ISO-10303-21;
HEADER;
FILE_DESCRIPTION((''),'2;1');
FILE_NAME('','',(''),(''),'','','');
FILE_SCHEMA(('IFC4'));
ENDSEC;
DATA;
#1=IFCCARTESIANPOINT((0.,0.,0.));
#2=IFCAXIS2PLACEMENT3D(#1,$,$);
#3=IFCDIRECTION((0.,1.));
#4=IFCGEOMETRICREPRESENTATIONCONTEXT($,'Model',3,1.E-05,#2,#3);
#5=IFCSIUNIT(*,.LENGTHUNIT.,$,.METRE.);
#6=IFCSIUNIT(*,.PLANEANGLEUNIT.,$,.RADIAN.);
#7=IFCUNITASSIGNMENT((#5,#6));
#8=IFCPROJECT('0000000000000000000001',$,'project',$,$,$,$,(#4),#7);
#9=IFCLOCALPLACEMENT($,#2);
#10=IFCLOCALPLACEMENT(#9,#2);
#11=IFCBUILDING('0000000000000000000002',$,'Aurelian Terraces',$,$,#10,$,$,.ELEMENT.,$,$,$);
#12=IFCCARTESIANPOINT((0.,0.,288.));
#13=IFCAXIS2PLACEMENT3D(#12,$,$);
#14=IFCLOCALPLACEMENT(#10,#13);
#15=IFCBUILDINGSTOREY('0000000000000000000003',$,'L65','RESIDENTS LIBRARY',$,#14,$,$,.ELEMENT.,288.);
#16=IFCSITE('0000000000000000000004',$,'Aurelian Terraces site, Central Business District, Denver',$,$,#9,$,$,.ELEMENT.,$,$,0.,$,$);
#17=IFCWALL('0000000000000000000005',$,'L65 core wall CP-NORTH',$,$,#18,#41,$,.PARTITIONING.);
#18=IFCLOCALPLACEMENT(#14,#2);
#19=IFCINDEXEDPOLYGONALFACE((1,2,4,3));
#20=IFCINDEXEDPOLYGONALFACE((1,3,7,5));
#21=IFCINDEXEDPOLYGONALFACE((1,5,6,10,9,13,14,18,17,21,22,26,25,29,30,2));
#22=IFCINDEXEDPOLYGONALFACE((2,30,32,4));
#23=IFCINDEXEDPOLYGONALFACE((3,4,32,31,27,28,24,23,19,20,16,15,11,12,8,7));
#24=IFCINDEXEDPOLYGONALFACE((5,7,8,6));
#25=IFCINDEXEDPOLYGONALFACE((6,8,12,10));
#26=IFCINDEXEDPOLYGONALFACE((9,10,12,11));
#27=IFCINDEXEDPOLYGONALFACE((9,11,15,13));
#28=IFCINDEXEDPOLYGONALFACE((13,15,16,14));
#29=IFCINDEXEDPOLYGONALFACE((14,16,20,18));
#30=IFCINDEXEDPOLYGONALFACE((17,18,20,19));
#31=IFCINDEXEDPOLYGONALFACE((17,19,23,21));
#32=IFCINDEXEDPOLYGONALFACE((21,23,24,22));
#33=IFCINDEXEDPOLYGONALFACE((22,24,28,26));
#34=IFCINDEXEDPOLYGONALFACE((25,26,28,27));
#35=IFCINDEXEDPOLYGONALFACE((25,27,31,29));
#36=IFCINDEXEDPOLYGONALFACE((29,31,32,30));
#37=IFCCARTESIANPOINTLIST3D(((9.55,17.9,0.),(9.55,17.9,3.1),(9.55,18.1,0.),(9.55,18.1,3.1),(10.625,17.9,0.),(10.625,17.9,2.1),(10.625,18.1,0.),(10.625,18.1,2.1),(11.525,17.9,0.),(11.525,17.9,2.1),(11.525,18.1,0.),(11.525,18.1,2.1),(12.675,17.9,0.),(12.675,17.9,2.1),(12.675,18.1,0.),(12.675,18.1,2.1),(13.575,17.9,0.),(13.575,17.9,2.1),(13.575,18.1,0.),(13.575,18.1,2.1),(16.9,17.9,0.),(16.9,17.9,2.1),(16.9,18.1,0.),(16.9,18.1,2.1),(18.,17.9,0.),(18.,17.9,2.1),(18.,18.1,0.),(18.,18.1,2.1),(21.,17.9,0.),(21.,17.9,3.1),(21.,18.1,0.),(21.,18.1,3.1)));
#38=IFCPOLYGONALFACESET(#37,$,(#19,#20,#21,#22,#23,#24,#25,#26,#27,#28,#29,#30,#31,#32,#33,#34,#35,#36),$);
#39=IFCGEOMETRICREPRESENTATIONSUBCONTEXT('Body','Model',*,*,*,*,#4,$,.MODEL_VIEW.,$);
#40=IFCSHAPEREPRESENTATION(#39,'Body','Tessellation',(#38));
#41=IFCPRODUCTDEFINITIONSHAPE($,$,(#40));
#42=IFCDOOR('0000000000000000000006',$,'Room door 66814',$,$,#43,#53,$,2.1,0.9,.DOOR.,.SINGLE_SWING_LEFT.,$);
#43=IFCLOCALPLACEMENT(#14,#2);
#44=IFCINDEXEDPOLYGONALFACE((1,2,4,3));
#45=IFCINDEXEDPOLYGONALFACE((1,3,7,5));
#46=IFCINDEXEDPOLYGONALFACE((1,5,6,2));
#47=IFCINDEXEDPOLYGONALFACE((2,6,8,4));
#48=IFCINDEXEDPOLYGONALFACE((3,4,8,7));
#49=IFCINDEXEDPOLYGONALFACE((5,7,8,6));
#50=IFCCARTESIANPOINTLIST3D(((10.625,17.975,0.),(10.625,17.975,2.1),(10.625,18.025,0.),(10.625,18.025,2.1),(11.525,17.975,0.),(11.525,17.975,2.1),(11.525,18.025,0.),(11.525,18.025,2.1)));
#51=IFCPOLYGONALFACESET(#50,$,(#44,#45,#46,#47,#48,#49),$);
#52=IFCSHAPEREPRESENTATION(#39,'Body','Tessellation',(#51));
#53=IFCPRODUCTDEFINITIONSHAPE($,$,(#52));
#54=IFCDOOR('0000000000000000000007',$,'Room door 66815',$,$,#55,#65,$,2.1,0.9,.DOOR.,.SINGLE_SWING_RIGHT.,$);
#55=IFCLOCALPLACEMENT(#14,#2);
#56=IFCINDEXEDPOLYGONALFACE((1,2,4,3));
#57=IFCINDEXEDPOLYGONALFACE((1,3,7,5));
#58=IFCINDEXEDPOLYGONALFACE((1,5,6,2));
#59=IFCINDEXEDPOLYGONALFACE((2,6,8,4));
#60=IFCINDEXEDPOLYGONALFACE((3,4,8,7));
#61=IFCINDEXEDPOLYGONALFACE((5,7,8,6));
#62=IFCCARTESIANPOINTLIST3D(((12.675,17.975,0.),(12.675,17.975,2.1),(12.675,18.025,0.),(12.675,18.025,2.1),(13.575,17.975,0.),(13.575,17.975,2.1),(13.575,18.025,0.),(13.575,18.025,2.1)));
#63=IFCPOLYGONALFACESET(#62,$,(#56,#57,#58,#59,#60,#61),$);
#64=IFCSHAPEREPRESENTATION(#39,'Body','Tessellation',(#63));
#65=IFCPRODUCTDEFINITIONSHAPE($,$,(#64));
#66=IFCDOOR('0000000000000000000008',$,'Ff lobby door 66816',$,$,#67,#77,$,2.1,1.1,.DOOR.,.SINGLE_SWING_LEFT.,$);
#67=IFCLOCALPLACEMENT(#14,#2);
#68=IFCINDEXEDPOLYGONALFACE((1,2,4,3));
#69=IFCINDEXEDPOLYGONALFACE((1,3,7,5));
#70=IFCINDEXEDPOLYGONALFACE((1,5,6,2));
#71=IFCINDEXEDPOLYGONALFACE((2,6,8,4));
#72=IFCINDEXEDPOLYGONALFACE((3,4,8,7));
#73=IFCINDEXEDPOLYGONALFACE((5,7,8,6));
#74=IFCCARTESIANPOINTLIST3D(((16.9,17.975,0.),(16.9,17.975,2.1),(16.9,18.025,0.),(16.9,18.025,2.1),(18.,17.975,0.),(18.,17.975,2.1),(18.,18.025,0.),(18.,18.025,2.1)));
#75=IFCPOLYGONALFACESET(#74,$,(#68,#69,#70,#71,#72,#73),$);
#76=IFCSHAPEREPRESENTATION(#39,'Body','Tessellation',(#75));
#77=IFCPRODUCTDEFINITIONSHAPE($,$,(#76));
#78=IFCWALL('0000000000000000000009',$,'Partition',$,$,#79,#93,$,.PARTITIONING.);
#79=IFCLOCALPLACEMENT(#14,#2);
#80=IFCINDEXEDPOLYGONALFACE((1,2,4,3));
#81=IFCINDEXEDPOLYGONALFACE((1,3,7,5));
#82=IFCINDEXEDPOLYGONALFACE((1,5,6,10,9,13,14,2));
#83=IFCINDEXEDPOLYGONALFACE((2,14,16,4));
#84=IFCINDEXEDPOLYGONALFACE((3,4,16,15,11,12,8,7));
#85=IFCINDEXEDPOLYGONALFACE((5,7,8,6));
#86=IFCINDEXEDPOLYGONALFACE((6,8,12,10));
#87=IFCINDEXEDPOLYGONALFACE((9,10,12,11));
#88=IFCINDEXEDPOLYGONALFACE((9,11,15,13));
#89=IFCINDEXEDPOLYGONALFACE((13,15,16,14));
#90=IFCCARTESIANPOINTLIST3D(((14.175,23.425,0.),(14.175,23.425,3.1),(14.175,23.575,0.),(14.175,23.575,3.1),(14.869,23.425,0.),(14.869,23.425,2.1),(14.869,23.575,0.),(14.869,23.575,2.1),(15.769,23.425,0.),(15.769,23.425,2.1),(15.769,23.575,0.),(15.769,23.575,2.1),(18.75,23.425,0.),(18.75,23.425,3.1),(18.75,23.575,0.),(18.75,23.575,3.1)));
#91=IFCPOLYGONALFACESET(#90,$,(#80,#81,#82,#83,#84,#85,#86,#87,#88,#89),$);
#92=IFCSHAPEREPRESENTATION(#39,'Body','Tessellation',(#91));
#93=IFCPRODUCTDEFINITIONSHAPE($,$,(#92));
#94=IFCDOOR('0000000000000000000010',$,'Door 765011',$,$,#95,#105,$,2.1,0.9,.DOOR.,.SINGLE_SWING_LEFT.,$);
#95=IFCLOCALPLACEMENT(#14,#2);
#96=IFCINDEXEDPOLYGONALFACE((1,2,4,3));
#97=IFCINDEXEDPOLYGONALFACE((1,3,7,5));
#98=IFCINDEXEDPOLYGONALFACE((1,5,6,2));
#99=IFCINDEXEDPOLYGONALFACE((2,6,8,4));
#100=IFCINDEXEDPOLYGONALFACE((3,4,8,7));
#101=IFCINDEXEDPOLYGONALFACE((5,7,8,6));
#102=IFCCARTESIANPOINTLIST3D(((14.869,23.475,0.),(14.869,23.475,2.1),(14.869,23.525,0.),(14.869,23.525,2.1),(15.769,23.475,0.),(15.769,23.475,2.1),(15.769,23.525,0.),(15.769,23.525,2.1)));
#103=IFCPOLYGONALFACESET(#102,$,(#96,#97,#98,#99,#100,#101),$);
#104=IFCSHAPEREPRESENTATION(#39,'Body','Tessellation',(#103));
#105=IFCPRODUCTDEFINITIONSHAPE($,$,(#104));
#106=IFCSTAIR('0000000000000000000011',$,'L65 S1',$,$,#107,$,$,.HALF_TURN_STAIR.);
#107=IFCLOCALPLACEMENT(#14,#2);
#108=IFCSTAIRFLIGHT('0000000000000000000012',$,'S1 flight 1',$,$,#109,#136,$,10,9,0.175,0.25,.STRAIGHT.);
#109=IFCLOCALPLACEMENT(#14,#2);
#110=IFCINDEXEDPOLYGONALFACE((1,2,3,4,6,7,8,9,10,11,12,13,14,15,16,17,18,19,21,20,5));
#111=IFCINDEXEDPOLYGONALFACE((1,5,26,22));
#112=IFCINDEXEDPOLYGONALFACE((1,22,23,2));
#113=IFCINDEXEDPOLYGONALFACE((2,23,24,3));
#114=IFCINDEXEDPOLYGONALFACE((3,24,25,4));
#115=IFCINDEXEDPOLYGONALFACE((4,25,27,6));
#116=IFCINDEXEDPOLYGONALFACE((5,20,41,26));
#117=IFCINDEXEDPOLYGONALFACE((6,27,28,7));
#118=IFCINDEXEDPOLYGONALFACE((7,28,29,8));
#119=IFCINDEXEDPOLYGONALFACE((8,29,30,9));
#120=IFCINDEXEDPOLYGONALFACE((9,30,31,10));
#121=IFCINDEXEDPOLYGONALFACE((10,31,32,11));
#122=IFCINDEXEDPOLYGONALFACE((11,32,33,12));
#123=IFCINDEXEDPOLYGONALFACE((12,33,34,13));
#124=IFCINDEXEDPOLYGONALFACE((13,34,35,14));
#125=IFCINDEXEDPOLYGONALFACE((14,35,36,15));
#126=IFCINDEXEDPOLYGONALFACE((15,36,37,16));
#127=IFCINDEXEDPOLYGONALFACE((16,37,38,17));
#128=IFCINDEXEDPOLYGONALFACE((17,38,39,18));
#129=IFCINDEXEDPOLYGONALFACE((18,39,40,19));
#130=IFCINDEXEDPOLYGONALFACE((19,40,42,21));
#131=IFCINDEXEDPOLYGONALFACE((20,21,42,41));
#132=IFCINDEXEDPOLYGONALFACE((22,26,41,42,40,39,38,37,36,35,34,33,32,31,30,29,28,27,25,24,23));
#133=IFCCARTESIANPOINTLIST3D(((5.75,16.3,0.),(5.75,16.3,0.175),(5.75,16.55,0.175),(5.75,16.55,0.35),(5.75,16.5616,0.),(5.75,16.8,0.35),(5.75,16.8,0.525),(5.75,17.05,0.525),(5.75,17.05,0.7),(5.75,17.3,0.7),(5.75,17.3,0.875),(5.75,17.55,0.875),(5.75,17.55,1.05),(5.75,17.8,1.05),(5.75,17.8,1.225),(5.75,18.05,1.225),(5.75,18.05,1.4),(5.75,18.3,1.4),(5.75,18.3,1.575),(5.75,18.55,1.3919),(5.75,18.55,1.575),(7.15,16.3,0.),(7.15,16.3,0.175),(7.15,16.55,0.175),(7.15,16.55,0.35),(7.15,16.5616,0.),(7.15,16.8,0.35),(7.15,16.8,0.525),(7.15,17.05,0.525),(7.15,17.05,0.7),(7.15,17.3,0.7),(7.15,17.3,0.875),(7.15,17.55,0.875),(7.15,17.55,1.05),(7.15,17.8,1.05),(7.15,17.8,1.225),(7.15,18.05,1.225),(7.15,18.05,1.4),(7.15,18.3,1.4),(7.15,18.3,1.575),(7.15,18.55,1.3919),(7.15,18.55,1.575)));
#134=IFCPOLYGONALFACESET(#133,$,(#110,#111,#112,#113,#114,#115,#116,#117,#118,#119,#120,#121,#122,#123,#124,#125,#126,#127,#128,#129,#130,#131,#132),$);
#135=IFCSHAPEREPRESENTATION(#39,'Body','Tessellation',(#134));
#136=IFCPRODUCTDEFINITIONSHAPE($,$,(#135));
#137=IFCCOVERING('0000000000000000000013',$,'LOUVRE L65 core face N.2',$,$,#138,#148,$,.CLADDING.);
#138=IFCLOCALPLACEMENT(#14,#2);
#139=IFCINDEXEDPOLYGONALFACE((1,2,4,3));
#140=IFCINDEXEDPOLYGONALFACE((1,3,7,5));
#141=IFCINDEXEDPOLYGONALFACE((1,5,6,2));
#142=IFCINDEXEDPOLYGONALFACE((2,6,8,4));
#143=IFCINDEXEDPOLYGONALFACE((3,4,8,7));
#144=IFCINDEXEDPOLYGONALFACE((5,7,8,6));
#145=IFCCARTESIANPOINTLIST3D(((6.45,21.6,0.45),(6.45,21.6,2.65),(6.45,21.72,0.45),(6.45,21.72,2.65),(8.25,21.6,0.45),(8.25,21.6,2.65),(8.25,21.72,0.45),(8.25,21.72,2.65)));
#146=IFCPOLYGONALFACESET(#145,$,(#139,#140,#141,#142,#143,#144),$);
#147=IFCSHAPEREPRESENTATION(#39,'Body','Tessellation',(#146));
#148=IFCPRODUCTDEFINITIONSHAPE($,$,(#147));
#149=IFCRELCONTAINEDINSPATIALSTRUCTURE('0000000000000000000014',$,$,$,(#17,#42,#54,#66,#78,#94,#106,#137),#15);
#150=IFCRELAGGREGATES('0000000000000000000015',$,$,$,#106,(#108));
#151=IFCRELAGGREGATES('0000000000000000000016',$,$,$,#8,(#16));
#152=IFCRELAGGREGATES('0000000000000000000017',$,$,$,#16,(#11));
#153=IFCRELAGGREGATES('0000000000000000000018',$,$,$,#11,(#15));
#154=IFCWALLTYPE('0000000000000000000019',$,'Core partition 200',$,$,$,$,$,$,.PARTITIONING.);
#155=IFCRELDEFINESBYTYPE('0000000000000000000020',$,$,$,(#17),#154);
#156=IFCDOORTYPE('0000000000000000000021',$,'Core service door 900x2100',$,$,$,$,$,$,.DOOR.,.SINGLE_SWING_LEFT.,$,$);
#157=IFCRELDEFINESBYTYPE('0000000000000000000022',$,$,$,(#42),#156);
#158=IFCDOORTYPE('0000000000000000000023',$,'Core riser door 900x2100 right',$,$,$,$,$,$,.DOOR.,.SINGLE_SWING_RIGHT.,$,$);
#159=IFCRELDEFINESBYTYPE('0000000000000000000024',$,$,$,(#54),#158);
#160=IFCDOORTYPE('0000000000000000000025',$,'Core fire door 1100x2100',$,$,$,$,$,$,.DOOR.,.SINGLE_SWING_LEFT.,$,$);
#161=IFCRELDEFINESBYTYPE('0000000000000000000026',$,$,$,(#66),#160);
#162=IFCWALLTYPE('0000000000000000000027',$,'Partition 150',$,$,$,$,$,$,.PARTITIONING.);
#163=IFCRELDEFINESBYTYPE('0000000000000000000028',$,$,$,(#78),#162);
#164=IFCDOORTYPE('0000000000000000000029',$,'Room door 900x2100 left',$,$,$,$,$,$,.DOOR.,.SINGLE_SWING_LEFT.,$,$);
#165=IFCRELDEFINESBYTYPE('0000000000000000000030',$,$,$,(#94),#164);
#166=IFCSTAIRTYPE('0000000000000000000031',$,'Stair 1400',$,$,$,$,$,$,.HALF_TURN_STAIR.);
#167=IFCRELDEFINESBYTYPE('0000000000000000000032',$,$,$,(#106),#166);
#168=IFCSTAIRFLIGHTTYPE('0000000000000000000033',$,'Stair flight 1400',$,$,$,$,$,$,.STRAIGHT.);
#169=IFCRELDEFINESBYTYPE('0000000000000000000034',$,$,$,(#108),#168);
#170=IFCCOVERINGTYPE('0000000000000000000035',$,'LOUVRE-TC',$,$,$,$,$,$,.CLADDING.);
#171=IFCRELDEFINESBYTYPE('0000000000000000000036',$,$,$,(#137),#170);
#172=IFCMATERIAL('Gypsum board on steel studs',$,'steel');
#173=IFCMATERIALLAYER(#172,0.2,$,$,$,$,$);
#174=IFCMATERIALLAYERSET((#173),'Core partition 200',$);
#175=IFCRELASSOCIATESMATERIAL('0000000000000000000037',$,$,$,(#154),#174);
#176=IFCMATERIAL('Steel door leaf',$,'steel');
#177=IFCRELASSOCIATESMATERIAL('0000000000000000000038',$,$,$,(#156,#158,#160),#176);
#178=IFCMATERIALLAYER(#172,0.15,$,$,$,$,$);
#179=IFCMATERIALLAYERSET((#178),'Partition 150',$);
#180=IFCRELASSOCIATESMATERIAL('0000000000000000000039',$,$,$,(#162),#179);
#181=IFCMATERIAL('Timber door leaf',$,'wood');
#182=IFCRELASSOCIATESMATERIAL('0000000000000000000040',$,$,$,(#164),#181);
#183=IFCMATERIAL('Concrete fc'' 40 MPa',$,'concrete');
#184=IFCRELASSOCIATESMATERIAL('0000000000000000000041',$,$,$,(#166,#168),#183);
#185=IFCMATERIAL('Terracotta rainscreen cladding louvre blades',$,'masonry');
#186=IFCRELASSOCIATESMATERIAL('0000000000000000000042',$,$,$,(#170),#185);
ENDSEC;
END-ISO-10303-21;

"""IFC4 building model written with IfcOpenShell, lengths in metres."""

from ifc_helpers import new_model, si_unit, direction, frame, frame_2d, origin, origin_2d, place, context, subcontext, project, spatial, polyline, rectangle, outline, extrude, source, transform, mapped, material, layer, layer_set, type_object, element, fill, aggregate, save


model = new_model("IFC4")

# Units and contexts
model_context = context("Model", 3, precision=1e-05, world=origin(), true_north=direction((0.0, 1.0)))
body_context = subcontext(model_context, "Body", "Model", "MODEL_VIEW")
ifc_project = project(units=[si_unit("LENGTHUNIT", "METRE"), si_unit("PLANEANGLEUNIT", "RADIAN")], contexts=[model_context])

# Site, building, storey
site_placement = place(None, origin())
site = spatial("IfcSite", under=ifc_project, at=site_placement, Name="Aurelian Terraces site, Central Business District, Denver", CompositionType="ELEMENT", RefElevation=0.0)
building_placement = place(site_placement, origin())
building = spatial("IfcBuilding", under=site, at=building_placement, Name="Aurelian Terraces", CompositionType="ELEMENT")
storey_placement = place(building_placement, frame((0.0, 0.0, 288.0)))
storey = spatial("IfcBuildingStorey", under=building, at=storey_placement, Name="L65", Description="RESIDENTS LIBRARY", CompositionType="ELEMENT", Elevation=288.0)

# Shared definitions
ifc_material_1 = material(Name="Steel door leaf", Category="steel")

# Wall, openings, doors
ifc_material_2 = material(Name="Gypsum board on steel studs", Category="steel")
ifc_layer_1 = layer(ifc_material_2, 0.2)
ifc_layer_set_1 = layer_set([ifc_layer_1], Name="Core partition 200")
wall_type_1 = type_object("IfcWallType", Name="Core partition 200", PredefinedType="PARTITIONING", material=ifc_layer_set_1)
shared_shape_1 = source(origin(), body_context, "Body", "SweptSolid", [
    extrude(rectangle(XDim=11.45, YDim=0.2, at=frame_2d((5.725, 0.0))), origin(), (0.0, 0.0, 1.0), 3.1),
])
wall_1_placement = place(storey_placement, frame((9.55, 18.0, 0.0), z_axis=(0.0, 0.0, 1.0), x_axis=(1.0, 0.0, 0.0)))
wall_1 = element("IfcWall", 1, at=wall_1_placement, inside=storey, type_object=wall_type_1, Name="L65 core wall CP-NORTH", PredefinedType="PARTITIONING", context=body_context, shape_type="MappedRepresentation", body=[
    mapped(shared_shape_1, transform((0.0, 0.0, 0.0), scale=1.0)),
])
shared_shape_2 = source(origin(), body_context, "Body", "SweptSolid", [
    extrude(rectangle(XDim=0.9, YDim=2.1, at=frame_2d((0.45, 1.05))), frame((0.0, 0.11, 0.0), z_axis=(0.0, -1.0, 0.0), x_axis=(1.0, 0.0, 0.0)), (0.0, 0.0, 1.0), 0.22),
])
opening_1_placement = place(wall_1_placement, frame((1.075, 0.0, 0.0)))
opening_1 = element("IfcOpeningElement", 2, at=opening_1_placement, cuts=wall_1, PredefinedType="OPENING", context=body_context, shape_type="MappedRepresentation", body=[
    mapped(shared_shape_2, transform((0.0, 0.0, 0.0), scale=1.0)),
])
opening_2_placement = place(wall_1_placement, frame((3.125, 0.0, 0.0)))
opening_2 = element("IfcOpeningElement", 3, at=opening_2_placement, cuts=wall_1, PredefinedType="OPENING", context=body_context, shape_type="MappedRepresentation", body=[
    mapped(shared_shape_2, transform((0.0, 0.0, 0.0), scale=1.0)),
])
shared_shape_3 = source(origin(), body_context, "Body", "SweptSolid", [
    extrude(rectangle(XDim=1.1, YDim=2.1, at=frame_2d((0.55, 1.05))), frame((0.0, 0.11, 0.0), z_axis=(0.0, -1.0, 0.0), x_axis=(1.0, 0.0, 0.0)), (0.0, 0.0, 1.0), 0.22),
])
opening_3_placement = place(wall_1_placement, frame((7.35, 0.0, 0.0)))
opening_3 = element("IfcOpeningElement", 4, at=opening_3_placement, cuts=wall_1, PredefinedType="OPENING", context=body_context, shape_type="MappedRepresentation", body=[
    mapped(shared_shape_3, transform((0.0, 0.0, 0.0), scale=1.0)),
])
door_type_1 = type_object("IfcDoorType", Name="Core service door 900x2100", OperationType="SINGLE_SWING_LEFT", PredefinedType="DOOR", material=ifc_material_1)
shared_shape_4 = source(origin(), body_context, "Body", "SweptSolid", [
    extrude(rectangle(XDim=0.9, YDim=2.1, at=frame_2d((0.45, 1.05))), frame((0.0, 0.025, 0.0), z_axis=(0.0, -1.0, 0.0), x_axis=(1.0, 0.0, 0.0)), (0.0, 0.0, 1.0), 0.05),
])
door_1_placement = place(opening_1_placement, origin())
door_1 = element("IfcDoor", 5, at=door_1_placement, inside=storey, type_object=door_type_1, Name="Room door 66814", OperationType="SINGLE_SWING_LEFT", OverallHeight=2.1, OverallWidth=0.9, PredefinedType="DOOR", context=body_context, shape_type="MappedRepresentation", body=[
    mapped(shared_shape_4, transform((0.0, 0.0, 0.0), scale=1.0)),
])
fill(opening_1, door_1)
door_type_2 = type_object("IfcDoorType", Name="Core riser door 900x2100 right", OperationType="SINGLE_SWING_RIGHT", PredefinedType="DOOR", material=ifc_material_1)
door_2_placement = place(opening_2_placement, origin())
door_2 = element("IfcDoor", 6, at=door_2_placement, inside=storey, type_object=door_type_2, Name="Room door 66815", OperationType="SINGLE_SWING_RIGHT", OverallHeight=2.1, OverallWidth=0.9, PredefinedType="DOOR", context=body_context, shape_type="MappedRepresentation", body=[
    mapped(shared_shape_4, transform((0.0, 0.0, 0.0), scale=1.0)),
])
fill(opening_2, door_2)
door_type_3 = type_object("IfcDoorType", Name="Core fire door 1100x2100", OperationType="SINGLE_SWING_LEFT", PredefinedType="DOOR", material=ifc_material_1)
shared_shape_5 = source(origin(), body_context, "Body", "SweptSolid", [
    extrude(rectangle(XDim=1.1, YDim=2.1, at=frame_2d((0.55, 1.05))), frame((0.0, 0.025, 0.0), z_axis=(0.0, -1.0, 0.0), x_axis=(1.0, 0.0, 0.0)), (0.0, 0.0, 1.0), 0.05),
])
door_3_placement = place(opening_3_placement, origin())
door_3 = element("IfcDoor", 7, at=door_3_placement, inside=storey, type_object=door_type_3, Name="Ff lobby door 66816", OperationType="SINGLE_SWING_LEFT", OverallHeight=2.1, OverallWidth=1.1, PredefinedType="DOOR", context=body_context, shape_type="MappedRepresentation", body=[
    mapped(shared_shape_5, transform((0.0, 0.0, 0.0), scale=1.0)),
])
fill(opening_3, door_3)

# Wall, opening, door
ifc_layer_2 = layer(ifc_material_2, 0.15)
ifc_layer_set_2 = layer_set([ifc_layer_2], Name="Partition 150")
wall_type_2 = type_object("IfcWallType", Name="Partition 150", PredefinedType="PARTITIONING", material=ifc_layer_set_2)
shared_shape_6 = source(origin(), body_context, "Body", "SweptSolid", [
    extrude(rectangle(XDim=4.575, YDim=0.15, at=frame_2d((2.2875, 0.0))), origin(), (0.0, 0.0, 1.0), 3.1),
])
wall_2_placement = place(storey_placement, frame((14.175, 23.5, 0.0), z_axis=(0.0, 0.0, 1.0), x_axis=(1.0, 0.0, 0.0)))
wall_2 = element("IfcWall", 8, at=wall_2_placement, inside=storey, type_object=wall_type_2, Name="Partition", PredefinedType="PARTITIONING", context=body_context, shape_type="MappedRepresentation", body=[
    mapped(shared_shape_6, transform((0.0, 0.0, 0.0), scale=1.0)),
])
shared_shape_7 = source(origin(), body_context, "Body", "SweptSolid", [
    extrude(rectangle(XDim=0.9, YDim=2.1, at=frame_2d((0.45, 1.05))), frame((0.0, 0.085, 0.0), z_axis=(0.0, -1.0, 0.0), x_axis=(1.0, 0.0, 0.0)), (0.0, 0.0, 1.0), 0.17),
])
opening_4_placement = place(wall_2_placement, frame((0.694, 0.0, 0.0)))
opening_4 = element("IfcOpeningElement", 9, at=opening_4_placement, cuts=wall_2, PredefinedType="OPENING", context=body_context, shape_type="MappedRepresentation", body=[
    mapped(shared_shape_7, transform((0.0, 0.0, 0.0), scale=1.0)),
])
ifc_material_3 = material(Name="Timber door leaf", Category="wood")
door_type_4 = type_object("IfcDoorType", Name="Room door 900x2100 left", OperationType="SINGLE_SWING_LEFT", PredefinedType="DOOR", material=ifc_material_3)
door_4_placement = place(opening_4_placement, origin())
door_4 = element("IfcDoor", 10, at=door_4_placement, inside=storey, type_object=door_type_4, Name="Door 765011", OperationType="SINGLE_SWING_LEFT", OverallHeight=2.1, OverallWidth=0.9, PredefinedType="DOOR", context=body_context, shape_type="MappedRepresentation", body=[
    mapped(shared_shape_4, transform((0.0, 0.0, 0.0), scale=1.0)),
])
fill(opening_4, door_4)

# Stair, stair flight
ifc_material_4 = material(Name="Concrete fc' 40 MPa", Category="concrete")
stair_type = type_object("IfcStairType", Name="Stair 1400", PredefinedType="HALF_TURN_STAIR", material=ifc_material_4)
stair_placement = place(storey_placement, origin())
stair = element("IfcStair", 11, at=stair_placement, inside=storey, type_object=stair_type, Name="L65 S1", PredefinedType="HALF_TURN_STAIR")
stair_flight_type = type_object("IfcStairFlightType", Name="Stair flight 1400", PredefinedType="STRAIGHT", material=ifc_material_4)
shared_shape_8 = source(origin(), body_context, "Body", "SweptSolid", [
    extrude(outline(polyline([(0.0, 0.0), (0.0, 0.175), (0.25, 0.175), (0.25, 0.35), (0.5, 0.35), (0.5, 0.525), (0.75, 0.525), (0.75, 0.7), (1.0, 0.7), (1.0, 0.875), (1.25, 0.875), (1.25, 1.05), (1.5, 1.05), (1.5, 1.225), (1.75, 1.225), (1.75, 1.4), (2.0, 1.4), (2.0, 1.575), (2.25, 1.575), (2.25, 1.75), (2.25, 1.3919), (0.2616, 0.0), (0.0, 0.0)])), frame((0.0, 0.7, 0.0), z_axis=(0.0, -1.0, 0.0), x_axis=(1.0, 0.0, 0.0)), (0.0, 0.0, 1.0), 1.4),
])
stair_flight_placement = place(storey_placement, frame((6.45, 16.3, 0.0), z_axis=(0.0, 0.0, 1.0), x_axis=(0.0, 1.0, 0.0)))
stair_flight = element("IfcStairFlight", 12, at=stair_flight_placement, type_object=stair_flight_type, Name="S1 flight 1", NumberOfRisers=10, NumberOfTreads=9, PredefinedType="STRAIGHT", RiserHeight=0.175, TreadLength=0.25, context=body_context, shape_type="MappedRepresentation", body=[
    mapped(shared_shape_8, transform((0.0, 0.0, 0.0), scale=1.0)),
])
aggregate(stair, [stair_flight])

# Covering
ifc_material_5 = material(Name="Terracotta rainscreen cladding louvre blades", Category="masonry")
covering_type_1 = type_object("IfcCoveringType", Name="LOUVRE-TC", PredefinedType="CLADDING", material=ifc_material_5)
shared_shape_9 = source(origin(), body_context, "Body", "SweptSolid", [
    extrude(rectangle(XDim=1.8, YDim=0.12, at=origin_2d()), origin(), (0.0, 0.0, 1.0), 2.2),
])
covering_1_placement = place(storey_placement, frame((7.35, 21.66, 0.45), z_axis=(0.0, 0.0, 1.0), x_axis=(1.0, 0.0, 0.0)))
element("IfcCovering", 13, at=covering_1_placement, inside=storey, type_object=covering_type_1, Name="LOUVRE L65 core face N.2", PredefinedType="CLADDING", context=body_context, shape_type="MappedRepresentation", body=[
    mapped(shared_shape_9, transform((0.0, 0.0, 0.0), scale=1.0)),
])

save(model, "model.ifc")
